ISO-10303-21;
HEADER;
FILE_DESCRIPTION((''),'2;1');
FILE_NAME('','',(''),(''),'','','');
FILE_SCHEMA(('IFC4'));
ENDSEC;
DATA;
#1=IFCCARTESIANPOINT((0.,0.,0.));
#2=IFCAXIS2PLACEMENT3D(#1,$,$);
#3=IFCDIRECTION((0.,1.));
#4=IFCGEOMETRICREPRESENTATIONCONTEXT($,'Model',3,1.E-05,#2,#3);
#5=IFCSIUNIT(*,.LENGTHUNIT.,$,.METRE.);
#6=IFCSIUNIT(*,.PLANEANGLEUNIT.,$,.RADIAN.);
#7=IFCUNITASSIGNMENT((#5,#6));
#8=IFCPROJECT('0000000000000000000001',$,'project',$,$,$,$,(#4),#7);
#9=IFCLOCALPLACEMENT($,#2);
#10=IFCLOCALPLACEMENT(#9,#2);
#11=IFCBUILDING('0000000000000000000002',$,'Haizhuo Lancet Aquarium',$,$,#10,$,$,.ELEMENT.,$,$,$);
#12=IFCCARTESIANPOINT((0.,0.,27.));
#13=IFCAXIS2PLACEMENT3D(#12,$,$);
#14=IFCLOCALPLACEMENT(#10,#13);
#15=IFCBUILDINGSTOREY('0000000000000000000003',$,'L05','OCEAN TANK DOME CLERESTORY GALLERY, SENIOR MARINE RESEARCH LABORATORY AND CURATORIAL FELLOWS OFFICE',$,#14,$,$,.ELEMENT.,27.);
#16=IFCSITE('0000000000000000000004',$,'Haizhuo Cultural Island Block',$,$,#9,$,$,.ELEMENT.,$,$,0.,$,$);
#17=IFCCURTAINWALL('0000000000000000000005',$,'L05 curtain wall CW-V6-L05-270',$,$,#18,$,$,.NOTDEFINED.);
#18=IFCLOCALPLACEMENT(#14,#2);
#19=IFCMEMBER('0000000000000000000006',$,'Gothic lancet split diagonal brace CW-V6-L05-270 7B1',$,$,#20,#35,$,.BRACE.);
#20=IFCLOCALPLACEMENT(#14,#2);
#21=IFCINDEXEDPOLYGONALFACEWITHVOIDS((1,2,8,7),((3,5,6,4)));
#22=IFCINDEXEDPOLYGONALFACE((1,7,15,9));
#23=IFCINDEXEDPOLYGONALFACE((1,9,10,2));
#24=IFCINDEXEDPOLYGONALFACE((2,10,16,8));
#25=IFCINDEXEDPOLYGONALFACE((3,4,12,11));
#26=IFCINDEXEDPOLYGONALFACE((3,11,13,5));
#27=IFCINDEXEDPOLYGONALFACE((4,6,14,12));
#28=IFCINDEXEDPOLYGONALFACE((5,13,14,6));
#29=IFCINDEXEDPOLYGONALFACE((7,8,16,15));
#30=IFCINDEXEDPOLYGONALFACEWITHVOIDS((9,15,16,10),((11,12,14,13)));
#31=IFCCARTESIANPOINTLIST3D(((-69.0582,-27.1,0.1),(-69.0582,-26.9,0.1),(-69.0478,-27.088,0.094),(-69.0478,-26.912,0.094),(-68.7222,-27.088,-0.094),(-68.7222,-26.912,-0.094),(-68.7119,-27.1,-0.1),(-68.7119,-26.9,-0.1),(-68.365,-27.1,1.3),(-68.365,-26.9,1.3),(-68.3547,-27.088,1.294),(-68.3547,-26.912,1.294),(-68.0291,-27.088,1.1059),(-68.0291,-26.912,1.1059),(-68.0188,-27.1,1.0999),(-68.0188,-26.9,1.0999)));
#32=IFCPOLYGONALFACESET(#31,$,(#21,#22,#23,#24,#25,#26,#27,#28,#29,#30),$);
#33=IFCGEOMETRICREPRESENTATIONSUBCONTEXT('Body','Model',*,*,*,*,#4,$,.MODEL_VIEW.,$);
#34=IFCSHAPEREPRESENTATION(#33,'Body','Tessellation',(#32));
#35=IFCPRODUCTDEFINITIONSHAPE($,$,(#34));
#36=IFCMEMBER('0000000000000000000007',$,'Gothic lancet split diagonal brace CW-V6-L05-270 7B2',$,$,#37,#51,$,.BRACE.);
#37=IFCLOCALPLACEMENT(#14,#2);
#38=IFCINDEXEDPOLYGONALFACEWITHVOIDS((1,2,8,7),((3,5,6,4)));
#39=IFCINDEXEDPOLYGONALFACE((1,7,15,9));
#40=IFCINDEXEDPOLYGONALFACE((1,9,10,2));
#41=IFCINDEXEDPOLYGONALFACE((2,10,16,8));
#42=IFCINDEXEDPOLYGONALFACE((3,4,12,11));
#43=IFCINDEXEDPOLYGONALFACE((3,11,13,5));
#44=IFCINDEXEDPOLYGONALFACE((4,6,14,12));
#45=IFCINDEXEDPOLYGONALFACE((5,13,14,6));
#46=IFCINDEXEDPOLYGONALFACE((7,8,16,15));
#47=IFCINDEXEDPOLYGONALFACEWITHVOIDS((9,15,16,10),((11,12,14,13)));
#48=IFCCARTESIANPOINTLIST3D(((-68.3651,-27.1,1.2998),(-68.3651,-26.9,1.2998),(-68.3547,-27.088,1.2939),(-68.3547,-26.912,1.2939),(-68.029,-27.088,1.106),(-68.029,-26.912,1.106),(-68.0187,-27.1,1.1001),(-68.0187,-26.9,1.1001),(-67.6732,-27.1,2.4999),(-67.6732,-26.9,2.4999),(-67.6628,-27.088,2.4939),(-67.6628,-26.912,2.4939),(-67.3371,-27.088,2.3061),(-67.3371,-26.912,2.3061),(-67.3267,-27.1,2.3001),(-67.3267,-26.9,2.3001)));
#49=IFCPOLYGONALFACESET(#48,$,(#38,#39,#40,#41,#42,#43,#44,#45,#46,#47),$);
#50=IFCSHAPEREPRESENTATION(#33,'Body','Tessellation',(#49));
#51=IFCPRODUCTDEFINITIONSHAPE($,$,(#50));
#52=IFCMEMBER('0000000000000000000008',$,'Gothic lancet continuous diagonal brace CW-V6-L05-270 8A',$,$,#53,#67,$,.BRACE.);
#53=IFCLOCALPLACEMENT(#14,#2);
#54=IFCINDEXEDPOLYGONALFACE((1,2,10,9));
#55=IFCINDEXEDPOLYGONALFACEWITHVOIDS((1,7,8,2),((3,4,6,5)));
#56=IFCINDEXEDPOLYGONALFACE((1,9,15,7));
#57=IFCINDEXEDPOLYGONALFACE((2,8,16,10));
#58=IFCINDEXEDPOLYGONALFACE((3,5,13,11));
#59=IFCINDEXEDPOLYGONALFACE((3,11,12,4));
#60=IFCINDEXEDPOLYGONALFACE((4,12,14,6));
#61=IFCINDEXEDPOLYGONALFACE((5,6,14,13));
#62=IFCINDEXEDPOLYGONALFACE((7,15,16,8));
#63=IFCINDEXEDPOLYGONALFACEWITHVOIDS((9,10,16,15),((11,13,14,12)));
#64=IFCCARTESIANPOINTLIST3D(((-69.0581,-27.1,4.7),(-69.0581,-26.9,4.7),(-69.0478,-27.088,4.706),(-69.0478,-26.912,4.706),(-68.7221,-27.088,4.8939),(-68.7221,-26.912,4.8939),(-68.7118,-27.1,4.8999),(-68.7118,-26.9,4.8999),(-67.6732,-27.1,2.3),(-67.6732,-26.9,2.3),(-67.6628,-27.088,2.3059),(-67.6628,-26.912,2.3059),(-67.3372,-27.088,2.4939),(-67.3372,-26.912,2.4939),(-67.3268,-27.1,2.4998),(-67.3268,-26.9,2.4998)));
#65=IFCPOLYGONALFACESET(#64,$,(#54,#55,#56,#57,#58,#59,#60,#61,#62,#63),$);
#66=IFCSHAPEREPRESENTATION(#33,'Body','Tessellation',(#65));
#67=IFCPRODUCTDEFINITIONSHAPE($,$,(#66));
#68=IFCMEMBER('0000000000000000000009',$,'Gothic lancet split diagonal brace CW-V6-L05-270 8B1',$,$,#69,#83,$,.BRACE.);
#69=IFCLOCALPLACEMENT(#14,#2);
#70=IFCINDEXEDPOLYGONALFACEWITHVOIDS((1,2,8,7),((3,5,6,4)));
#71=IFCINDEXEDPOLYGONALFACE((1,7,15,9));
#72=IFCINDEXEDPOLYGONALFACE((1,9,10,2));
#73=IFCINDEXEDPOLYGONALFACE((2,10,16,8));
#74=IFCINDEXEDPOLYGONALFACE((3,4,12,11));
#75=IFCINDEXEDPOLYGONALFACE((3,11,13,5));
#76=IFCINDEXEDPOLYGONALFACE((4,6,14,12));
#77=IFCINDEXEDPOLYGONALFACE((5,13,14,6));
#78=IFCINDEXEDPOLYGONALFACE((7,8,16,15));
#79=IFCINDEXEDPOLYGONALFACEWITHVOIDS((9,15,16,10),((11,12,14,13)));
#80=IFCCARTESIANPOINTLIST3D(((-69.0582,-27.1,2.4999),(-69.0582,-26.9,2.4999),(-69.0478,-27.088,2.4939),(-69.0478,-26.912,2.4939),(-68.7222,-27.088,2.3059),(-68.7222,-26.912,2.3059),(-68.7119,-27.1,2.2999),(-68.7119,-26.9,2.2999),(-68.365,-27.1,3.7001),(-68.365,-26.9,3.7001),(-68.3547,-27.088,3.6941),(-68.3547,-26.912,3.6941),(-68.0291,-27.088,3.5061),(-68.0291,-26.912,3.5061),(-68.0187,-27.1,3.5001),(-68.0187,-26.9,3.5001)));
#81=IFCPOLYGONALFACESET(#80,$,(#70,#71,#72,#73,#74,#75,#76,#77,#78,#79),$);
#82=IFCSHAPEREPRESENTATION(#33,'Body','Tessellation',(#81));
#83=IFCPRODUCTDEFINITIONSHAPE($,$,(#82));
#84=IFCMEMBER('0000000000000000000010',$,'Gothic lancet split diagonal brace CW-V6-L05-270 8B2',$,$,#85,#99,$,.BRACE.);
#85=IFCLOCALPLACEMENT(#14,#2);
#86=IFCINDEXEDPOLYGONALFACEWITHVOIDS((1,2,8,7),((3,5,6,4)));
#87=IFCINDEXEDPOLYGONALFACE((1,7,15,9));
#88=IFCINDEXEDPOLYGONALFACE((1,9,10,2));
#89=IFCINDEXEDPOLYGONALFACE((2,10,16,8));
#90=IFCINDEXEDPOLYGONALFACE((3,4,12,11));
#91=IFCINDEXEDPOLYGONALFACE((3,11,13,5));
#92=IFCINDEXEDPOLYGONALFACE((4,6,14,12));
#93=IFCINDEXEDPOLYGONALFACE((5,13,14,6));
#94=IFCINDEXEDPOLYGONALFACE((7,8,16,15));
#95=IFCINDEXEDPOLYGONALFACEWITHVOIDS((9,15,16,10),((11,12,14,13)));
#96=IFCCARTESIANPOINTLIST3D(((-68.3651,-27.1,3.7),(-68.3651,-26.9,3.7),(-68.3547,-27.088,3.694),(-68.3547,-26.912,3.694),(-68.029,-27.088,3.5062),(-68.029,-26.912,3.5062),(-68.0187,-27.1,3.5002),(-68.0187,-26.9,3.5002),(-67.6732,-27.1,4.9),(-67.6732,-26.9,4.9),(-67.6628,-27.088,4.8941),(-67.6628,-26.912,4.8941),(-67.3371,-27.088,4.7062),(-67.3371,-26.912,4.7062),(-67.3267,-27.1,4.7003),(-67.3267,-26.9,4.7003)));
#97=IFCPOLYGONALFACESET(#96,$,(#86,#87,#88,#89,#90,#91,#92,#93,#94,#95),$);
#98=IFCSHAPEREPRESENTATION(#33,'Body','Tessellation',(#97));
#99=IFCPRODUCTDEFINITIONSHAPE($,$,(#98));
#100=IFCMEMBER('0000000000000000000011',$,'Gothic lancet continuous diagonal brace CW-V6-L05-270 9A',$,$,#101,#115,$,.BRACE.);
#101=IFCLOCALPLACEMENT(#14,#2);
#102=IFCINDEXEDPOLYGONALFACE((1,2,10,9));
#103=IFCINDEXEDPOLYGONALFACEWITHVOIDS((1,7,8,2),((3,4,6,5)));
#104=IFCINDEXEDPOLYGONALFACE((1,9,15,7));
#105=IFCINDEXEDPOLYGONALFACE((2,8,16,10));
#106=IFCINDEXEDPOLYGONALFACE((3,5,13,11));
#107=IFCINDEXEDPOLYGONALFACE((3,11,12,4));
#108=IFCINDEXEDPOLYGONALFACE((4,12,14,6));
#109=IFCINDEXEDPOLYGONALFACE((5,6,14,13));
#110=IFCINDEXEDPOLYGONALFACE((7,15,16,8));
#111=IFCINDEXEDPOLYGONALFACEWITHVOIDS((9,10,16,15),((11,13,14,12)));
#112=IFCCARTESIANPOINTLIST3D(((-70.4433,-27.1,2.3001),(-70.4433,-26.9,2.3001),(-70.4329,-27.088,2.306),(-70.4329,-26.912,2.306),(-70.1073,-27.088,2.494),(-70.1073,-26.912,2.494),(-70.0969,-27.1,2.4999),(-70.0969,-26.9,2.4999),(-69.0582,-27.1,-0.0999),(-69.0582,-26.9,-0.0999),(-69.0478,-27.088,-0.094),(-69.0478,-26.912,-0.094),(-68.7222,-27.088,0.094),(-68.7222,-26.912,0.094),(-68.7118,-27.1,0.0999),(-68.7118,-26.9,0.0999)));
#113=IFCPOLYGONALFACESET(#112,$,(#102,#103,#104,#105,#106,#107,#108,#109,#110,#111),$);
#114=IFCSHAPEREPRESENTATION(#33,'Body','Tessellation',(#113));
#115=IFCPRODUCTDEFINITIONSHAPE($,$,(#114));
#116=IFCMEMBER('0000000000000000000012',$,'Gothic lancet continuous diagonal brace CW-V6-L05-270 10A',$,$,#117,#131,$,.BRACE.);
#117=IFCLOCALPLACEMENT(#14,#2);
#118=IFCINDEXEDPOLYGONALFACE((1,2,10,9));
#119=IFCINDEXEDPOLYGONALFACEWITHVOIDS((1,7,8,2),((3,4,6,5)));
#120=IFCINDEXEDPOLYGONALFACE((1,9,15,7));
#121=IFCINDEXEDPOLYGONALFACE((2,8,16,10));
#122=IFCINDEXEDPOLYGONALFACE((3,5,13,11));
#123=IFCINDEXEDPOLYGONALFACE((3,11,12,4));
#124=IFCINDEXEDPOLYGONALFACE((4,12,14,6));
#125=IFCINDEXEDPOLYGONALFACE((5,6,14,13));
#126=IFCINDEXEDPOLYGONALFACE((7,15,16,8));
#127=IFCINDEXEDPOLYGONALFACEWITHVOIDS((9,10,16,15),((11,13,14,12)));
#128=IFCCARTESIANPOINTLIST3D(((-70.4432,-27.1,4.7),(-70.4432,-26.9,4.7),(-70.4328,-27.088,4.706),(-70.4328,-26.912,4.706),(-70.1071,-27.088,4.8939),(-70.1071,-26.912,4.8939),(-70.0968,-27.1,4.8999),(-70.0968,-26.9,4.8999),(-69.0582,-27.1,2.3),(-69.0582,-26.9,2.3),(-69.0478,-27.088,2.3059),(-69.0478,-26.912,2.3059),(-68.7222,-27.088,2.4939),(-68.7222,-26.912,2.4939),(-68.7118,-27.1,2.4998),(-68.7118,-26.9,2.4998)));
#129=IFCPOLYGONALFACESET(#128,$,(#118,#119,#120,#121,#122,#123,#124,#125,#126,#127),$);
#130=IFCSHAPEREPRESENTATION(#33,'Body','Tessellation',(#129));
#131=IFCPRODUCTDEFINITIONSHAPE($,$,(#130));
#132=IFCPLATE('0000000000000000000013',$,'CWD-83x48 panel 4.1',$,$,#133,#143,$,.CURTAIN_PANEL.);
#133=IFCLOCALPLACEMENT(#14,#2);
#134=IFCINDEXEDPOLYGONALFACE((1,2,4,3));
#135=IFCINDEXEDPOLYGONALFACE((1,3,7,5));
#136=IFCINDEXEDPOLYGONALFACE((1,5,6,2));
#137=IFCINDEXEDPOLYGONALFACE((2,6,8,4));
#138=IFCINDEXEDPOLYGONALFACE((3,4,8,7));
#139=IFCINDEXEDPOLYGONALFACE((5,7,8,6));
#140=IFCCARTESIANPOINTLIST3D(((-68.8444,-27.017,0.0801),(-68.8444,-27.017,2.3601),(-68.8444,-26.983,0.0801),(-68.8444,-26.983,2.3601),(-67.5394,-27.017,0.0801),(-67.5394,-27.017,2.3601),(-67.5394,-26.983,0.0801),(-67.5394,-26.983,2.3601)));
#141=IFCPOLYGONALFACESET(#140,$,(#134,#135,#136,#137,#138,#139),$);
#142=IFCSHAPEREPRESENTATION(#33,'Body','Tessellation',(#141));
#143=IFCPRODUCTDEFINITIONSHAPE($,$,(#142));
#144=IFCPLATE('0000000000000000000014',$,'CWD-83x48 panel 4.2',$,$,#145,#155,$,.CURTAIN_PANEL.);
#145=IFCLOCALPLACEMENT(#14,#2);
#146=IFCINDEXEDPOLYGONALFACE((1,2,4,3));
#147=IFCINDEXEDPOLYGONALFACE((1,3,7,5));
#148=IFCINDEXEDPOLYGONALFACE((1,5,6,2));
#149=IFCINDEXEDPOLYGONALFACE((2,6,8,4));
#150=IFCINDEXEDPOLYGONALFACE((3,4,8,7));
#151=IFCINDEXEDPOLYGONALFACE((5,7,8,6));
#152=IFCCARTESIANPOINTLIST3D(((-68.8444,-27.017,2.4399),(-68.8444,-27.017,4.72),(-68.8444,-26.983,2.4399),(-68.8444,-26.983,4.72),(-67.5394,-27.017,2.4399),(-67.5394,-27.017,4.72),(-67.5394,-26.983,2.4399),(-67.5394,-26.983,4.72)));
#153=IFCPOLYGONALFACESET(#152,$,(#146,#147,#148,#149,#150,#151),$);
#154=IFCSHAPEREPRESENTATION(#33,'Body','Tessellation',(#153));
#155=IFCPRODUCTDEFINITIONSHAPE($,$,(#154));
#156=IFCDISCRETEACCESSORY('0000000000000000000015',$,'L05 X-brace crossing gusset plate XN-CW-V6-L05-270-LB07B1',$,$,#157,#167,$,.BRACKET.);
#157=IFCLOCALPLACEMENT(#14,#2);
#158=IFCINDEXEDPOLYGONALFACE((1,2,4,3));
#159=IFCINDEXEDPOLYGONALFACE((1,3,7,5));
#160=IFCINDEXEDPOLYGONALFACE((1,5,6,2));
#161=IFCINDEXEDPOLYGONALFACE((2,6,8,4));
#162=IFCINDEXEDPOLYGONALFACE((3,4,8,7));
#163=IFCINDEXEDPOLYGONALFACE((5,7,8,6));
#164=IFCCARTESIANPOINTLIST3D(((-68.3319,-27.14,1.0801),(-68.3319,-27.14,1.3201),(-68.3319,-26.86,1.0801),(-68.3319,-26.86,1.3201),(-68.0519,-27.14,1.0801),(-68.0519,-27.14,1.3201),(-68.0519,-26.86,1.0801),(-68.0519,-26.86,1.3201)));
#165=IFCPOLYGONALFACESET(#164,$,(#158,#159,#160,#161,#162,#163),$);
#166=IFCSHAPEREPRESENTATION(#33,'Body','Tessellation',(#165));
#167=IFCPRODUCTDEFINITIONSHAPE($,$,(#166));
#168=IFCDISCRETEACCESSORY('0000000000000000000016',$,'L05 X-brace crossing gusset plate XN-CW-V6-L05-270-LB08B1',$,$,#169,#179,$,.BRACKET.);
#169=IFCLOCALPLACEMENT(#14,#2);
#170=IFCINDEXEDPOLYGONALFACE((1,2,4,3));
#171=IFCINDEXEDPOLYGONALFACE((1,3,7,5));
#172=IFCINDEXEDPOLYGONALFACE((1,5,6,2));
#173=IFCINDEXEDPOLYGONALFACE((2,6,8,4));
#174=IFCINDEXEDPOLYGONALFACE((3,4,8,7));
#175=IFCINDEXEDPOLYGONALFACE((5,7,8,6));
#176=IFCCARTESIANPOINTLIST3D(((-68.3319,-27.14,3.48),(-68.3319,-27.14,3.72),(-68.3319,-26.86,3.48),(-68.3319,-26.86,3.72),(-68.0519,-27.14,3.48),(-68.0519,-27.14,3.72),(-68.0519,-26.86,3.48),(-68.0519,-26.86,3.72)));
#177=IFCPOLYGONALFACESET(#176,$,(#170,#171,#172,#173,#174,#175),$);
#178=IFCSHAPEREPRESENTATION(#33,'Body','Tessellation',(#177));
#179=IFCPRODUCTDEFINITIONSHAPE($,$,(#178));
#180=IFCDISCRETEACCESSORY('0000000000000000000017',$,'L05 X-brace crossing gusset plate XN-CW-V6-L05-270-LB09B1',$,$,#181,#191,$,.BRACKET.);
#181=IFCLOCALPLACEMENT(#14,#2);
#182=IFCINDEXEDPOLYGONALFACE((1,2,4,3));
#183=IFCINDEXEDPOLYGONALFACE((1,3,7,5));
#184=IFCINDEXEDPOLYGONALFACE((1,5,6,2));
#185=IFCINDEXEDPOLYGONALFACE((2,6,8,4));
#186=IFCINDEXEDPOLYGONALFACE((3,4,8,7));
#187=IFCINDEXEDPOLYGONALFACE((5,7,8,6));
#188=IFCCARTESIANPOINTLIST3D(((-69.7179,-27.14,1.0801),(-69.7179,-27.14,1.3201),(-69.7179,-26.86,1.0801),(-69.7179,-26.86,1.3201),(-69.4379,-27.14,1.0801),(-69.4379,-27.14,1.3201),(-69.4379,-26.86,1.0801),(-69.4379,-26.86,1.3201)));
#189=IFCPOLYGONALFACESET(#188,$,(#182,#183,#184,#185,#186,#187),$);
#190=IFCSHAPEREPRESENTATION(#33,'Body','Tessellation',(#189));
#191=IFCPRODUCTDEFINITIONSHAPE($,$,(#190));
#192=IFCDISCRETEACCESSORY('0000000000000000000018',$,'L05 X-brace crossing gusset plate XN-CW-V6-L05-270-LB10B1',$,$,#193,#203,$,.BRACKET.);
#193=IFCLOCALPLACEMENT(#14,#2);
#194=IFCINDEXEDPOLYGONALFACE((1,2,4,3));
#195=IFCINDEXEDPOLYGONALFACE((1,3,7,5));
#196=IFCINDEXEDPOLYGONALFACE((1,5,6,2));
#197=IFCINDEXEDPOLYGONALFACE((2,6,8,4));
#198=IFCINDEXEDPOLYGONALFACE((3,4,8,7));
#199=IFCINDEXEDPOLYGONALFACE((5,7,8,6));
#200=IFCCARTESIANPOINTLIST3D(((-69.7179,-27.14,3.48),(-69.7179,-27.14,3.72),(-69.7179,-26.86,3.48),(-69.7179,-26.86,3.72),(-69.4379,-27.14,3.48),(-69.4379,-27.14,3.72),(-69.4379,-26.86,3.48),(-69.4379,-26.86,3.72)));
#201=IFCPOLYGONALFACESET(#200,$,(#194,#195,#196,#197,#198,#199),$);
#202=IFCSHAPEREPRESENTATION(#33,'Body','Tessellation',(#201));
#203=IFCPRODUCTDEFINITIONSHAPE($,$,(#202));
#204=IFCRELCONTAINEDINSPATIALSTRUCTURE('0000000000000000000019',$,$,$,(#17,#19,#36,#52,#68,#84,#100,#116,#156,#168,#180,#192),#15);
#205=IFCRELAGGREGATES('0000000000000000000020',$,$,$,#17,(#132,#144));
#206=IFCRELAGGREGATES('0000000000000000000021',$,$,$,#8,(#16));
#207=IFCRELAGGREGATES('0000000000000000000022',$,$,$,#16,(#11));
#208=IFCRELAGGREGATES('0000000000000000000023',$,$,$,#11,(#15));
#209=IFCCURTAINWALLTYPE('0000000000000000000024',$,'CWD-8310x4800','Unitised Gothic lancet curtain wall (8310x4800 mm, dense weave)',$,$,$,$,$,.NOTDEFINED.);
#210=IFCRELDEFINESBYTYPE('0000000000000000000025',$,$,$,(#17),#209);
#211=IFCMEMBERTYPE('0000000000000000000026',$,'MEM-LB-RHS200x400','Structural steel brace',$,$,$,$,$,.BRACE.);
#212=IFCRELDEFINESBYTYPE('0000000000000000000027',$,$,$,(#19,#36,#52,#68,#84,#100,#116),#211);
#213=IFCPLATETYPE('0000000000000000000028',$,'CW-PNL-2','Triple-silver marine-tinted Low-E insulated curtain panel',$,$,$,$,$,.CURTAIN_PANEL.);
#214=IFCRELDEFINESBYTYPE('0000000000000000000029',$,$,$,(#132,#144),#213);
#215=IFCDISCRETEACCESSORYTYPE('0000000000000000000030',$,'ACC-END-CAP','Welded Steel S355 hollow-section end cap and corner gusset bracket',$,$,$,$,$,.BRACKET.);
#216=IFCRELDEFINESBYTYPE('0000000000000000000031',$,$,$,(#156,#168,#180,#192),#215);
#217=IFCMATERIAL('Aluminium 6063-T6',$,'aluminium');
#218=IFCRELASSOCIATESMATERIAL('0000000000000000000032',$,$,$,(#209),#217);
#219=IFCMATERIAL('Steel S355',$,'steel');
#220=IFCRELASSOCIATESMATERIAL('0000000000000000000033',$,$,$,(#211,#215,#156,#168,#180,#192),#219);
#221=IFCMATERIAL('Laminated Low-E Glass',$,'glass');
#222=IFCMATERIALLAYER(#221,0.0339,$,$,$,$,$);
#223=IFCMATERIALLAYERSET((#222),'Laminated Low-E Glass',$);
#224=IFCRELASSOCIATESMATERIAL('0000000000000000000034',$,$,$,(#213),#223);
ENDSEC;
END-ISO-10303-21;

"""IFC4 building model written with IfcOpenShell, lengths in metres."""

from ifc_helpers import new_model, si_unit, direction, frame, origin, origin_2d, place, context, subcontext, project, spatial, rectangle, hollow_rectangle, extrude, material, layer, layer_set, material_profile, profile_set, type_object, element, aggregate, save


model = new_model("IFC4")

# Units and contexts
model_context = context("Model", 3, precision=1e-05, world=origin(), true_north=direction((0.0, 1.0)))
body_context = subcontext(model_context, "Body", "Model", "MODEL_VIEW")
ifc_project = project(units=[si_unit("LENGTHUNIT", "METRE"), si_unit("PLANEANGLEUNIT", "RADIAN")], contexts=[model_context])

# Site, building, storey
site_placement = place(None, origin())
site = spatial("IfcSite", under=ifc_project, at=site_placement, Name="Haizhuo Cultural Island Block", CompositionType="ELEMENT", RefElevation=0.0)
building_placement = place(site_placement, origin())
building = spatial("IfcBuilding", under=site, at=building_placement, Name="Haizhuo Lancet Aquarium", CompositionType="ELEMENT")
storey_placement = place(building_placement, frame((0.0, 0.0, 27.0)))
storey = spatial("IfcBuildingStorey", under=building, at=storey_placement, Name="L05", Description="OCEAN TANK DOME CLERESTORY GALLERY, SENIOR MARINE RESEARCH LABORATORY AND CURATORIAL FELLOWS OFFICE", CompositionType="ELEMENT", Elevation=27.0)

# Curtain wall
ifc_material_1 = material(Name="Aluminium 6063-T6", Category="aluminium")
curtain_wall_type = type_object("IfcCurtainWallType", Name="CWD-8310x4800", Description="Unitised Gothic lancet curtain wall (8310x4800 mm, dense weave)", PredefinedType="NOTDEFINED", material=ifc_material_1)
curtain_wall_placement = place(storey_placement, origin())
curtain_wall = element("IfcCurtainWall", 1, at=curtain_wall_placement, inside=storey, type_object=curtain_wall_type, Name="L05 curtain wall CW-V6-L05-270", PredefinedType="NOTDEFINED")

# Members
ifc_material_2 = material(Name="Steel S355", Category="steel")
ifc_material_profile_1 = material_profile(ifc_material_2, hollow_rectangle(XDim=0.2, YDim=0.3999, WallThickness=0.012, at=origin_2d()), Name="RHS 200x400x12")
ifc_profile_set_1 = profile_set([ifc_material_profile_1], Name="Steel S355")
member_type_1 = type_object("IfcMemberType", Name="MEM-LB-RHS200x400", Description="Structural steel brace", PredefinedType="BRACE", material=ifc_profile_set_1)
member_1_placement = place(storey_placement, frame((-68.885, -27.0, 0.0), z_axis=(0.500175, 0.0, 0.865924), x_axis=(0.0, 1.0, 0.0)))
element("IfcMember", 2, at=member_1_placement, inside=storey, type_object=member_type_1, Name="Gothic lancet split diagonal brace CW-V6-L05-270 7B1", PredefinedType="BRACE", context=body_context, shape_type="SweptSolid", body=[
    extrude(hollow_rectangle(XDim=0.2, YDim=0.3999, WallThickness=0.012, at=origin_2d()), origin(), (0.0, 0.0, 1.0), 1.3857),
])
member_2_placement = place(storey_placement, frame((-68.1919, -27.0, 1.2), z_axis=(0.499514, 0.0, 0.866306), x_axis=(0.0, 1.0, 0.0)))
element("IfcMember", 3, at=member_2_placement, inside=storey, type_object=member_type_1, Name="Gothic lancet split diagonal brace CW-V6-L05-270 7B2", PredefinedType="BRACE", context=body_context, shape_type="SweptSolid", body=[
    extrude(hollow_rectangle(XDim=0.2, YDim=0.3999, WallThickness=0.012, at=origin_2d()), origin(), (0.0, 0.0, 1.0), 1.3853),
])
member_3_placement = place(storey_placement, frame((-67.5, -27.0, 2.3999), z_axis=(-0.499806, 0.0, 0.866137), x_axis=(0.0, -1.0, 0.0)))
element("IfcMember", 4, at=member_3_placement, inside=storey, type_object=member_type_1, Name="Gothic lancet continuous diagonal brace CW-V6-L05-270 8A", PredefinedType="BRACE", context=body_context, shape_type="SweptSolid", body=[
    extrude(hollow_rectangle(XDim=0.2, YDim=0.3999, WallThickness=0.012, at=origin_2d()), origin(), (0.0, 0.0, 1.0), 2.771),
])
member_4_placement = place(storey_placement, frame((-68.885, -27.0, 2.3999), z_axis=(0.500099, 0.0, 0.865968), x_axis=(0.0, 1.0, 0.0)))
element("IfcMember", 5, at=member_4_placement, inside=storey, type_object=member_type_1, Name="Gothic lancet split diagonal brace CW-V6-L05-270 8B1", PredefinedType="BRACE", context=body_context, shape_type="SweptSolid", body=[
    extrude(hollow_rectangle(XDim=0.2, YDim=0.3999, WallThickness=0.012, at=origin_2d()), origin(), (0.0, 0.0, 1.0), 1.386),
])
member_5_placement = place(storey_placement, frame((-68.1919, -27.0, 3.6001), z_axis=(0.499514, 0.0, 0.866306), x_axis=(0.0, 1.0, 0.0)))
element("IfcMember", 6, at=member_5_placement, inside=storey, type_object=member_type_1, Name="Gothic lancet split diagonal brace CW-V6-L05-270 8B2", PredefinedType="BRACE", context=body_context, shape_type="SweptSolid", body=[
    extrude(hollow_rectangle(XDim=0.2, YDim=0.3999, WallThickness=0.012, at=origin_2d()), origin(), (0.0, 0.0, 1.0), 1.3853),
])
for number, where, z_axis, x_axis, name in (
    (7, (-68.885, -27.0, 0.0), (-0.499844, 0.0, 0.866115), (0.0, -1.0, 0.0), "Gothic lancet continuous diagonal brace CW-V6-L05-270 9A"),
    (8, (-68.885, -27.0, 2.3999), (-0.499806, 0.0, 0.866137), (0.0, -1.0, 0.0), "Gothic lancet continuous diagonal brace CW-V6-L05-270 10A"),
):
    element("IfcMember", number, at=place(storey_placement, frame(where, z_axis=z_axis, x_axis=x_axis)), inside=storey, type_object=member_type_1, Name=name, PredefinedType="BRACE", context=body_context, shape_type="SweptSolid", body=[
        extrude(hollow_rectangle(XDim=0.2, YDim=0.3999, WallThickness=0.012, at=origin_2d()), origin(), (0.0, 0.0, 1.0), 2.771),
    ])

# Plates
ifc_material_3 = material(Name="Laminated Low-E Glass", Category="glass")
ifc_layer = layer(ifc_material_3, 0.0339)
ifc_layer_set = layer_set([ifc_layer], Name="Laminated Low-E Glass")
plate_type = type_object("IfcPlateType", Name="CW-PNL-2", Description="Triple-silver marine-tinted Low-E insulated curtain panel", PredefinedType="CURTAIN_PANEL", material=ifc_layer_set)
plate_1_placement = place(storey_placement, frame((-68.1919, -27.0, 0.0801), z_axis=(0.0, 0.0, 1.0), x_axis=(-1.0, 0.0, 0.0)))
plate_1 = element("IfcPlate", 9, at=plate_1_placement, type_object=plate_type, Name="CWD-83x48 panel 4.1", PredefinedType="CURTAIN_PANEL", context=body_context, shape_type="SweptSolid", body=[
    extrude(rectangle(XDim=1.3049, YDim=0.0339, at=origin_2d()), origin(), (0.0, 0.0, 1.0), 2.28),
])
plate_2_placement = place(storey_placement, frame((-68.1919, -27.0, 2.4399), z_axis=(0.0, 0.0, 1.0), x_axis=(-1.0, 0.0, 0.0)))
plate_2 = element("IfcPlate", 10, at=plate_2_placement, type_object=plate_type, Name="CWD-83x48 panel 4.2", PredefinedType="CURTAIN_PANEL", context=body_context, shape_type="SweptSolid", body=[
    extrude(rectangle(XDim=1.3049, YDim=0.0339, at=origin_2d()), origin(), (0.0, 0.0, 1.0), 2.28),
])
aggregate(curtain_wall, [plate_1, plate_2])

# Discrete accessories
discrete_accessory_type = type_object("IfcDiscreteAccessoryType", Name="ACC-END-CAP", Description="Welded Steel S355 hollow-section end cap and corner gusset bracket", PredefinedType="BRACKET", material=ifc_material_2)
for number, where, z_axis, x_axis, name in (
    (11, (-68.1919, -27.0, 1.0801), (0.0, 0.0, 1.0), (1.0, 0.0, 0.0), "L05 X-brace crossing gusset plate XN-CW-V6-L05-270-LB07B1"),
    (12, (-68.1919, -27.0, 3.48), (0.0, 0.0, 1.0), (1.0, 0.0, 0.0), "L05 X-brace crossing gusset plate XN-CW-V6-L05-270-LB08B1"),
    (13, (-69.5779, -27.0, 1.0801), (0.0, 0.0, 1.0), (1.0, 0.0, 0.0), "L05 X-brace crossing gusset plate XN-CW-V6-L05-270-LB09B1"),
    (14, (-69.5779, -27.0, 3.48), (0.0, 0.0, 1.0), (1.0, 0.0, 0.0), "L05 X-brace crossing gusset plate XN-CW-V6-L05-270-LB10B1"),
):
    element("IfcDiscreteAccessory", number, at=place(storey_placement, frame(where, z_axis=z_axis, x_axis=x_axis)), inside=storey, type_object=discrete_accessory_type, material=ifc_material_2, Name=name, PredefinedType="BRACKET", context=body_context, shape_type="SweptSolid", body=[
        extrude(rectangle(XDim=0.28, YDim=0.28, at=origin_2d()), origin(), (0.0, 0.0, 1.0), 0.24),
    ])

save(model, "model.ifc")
